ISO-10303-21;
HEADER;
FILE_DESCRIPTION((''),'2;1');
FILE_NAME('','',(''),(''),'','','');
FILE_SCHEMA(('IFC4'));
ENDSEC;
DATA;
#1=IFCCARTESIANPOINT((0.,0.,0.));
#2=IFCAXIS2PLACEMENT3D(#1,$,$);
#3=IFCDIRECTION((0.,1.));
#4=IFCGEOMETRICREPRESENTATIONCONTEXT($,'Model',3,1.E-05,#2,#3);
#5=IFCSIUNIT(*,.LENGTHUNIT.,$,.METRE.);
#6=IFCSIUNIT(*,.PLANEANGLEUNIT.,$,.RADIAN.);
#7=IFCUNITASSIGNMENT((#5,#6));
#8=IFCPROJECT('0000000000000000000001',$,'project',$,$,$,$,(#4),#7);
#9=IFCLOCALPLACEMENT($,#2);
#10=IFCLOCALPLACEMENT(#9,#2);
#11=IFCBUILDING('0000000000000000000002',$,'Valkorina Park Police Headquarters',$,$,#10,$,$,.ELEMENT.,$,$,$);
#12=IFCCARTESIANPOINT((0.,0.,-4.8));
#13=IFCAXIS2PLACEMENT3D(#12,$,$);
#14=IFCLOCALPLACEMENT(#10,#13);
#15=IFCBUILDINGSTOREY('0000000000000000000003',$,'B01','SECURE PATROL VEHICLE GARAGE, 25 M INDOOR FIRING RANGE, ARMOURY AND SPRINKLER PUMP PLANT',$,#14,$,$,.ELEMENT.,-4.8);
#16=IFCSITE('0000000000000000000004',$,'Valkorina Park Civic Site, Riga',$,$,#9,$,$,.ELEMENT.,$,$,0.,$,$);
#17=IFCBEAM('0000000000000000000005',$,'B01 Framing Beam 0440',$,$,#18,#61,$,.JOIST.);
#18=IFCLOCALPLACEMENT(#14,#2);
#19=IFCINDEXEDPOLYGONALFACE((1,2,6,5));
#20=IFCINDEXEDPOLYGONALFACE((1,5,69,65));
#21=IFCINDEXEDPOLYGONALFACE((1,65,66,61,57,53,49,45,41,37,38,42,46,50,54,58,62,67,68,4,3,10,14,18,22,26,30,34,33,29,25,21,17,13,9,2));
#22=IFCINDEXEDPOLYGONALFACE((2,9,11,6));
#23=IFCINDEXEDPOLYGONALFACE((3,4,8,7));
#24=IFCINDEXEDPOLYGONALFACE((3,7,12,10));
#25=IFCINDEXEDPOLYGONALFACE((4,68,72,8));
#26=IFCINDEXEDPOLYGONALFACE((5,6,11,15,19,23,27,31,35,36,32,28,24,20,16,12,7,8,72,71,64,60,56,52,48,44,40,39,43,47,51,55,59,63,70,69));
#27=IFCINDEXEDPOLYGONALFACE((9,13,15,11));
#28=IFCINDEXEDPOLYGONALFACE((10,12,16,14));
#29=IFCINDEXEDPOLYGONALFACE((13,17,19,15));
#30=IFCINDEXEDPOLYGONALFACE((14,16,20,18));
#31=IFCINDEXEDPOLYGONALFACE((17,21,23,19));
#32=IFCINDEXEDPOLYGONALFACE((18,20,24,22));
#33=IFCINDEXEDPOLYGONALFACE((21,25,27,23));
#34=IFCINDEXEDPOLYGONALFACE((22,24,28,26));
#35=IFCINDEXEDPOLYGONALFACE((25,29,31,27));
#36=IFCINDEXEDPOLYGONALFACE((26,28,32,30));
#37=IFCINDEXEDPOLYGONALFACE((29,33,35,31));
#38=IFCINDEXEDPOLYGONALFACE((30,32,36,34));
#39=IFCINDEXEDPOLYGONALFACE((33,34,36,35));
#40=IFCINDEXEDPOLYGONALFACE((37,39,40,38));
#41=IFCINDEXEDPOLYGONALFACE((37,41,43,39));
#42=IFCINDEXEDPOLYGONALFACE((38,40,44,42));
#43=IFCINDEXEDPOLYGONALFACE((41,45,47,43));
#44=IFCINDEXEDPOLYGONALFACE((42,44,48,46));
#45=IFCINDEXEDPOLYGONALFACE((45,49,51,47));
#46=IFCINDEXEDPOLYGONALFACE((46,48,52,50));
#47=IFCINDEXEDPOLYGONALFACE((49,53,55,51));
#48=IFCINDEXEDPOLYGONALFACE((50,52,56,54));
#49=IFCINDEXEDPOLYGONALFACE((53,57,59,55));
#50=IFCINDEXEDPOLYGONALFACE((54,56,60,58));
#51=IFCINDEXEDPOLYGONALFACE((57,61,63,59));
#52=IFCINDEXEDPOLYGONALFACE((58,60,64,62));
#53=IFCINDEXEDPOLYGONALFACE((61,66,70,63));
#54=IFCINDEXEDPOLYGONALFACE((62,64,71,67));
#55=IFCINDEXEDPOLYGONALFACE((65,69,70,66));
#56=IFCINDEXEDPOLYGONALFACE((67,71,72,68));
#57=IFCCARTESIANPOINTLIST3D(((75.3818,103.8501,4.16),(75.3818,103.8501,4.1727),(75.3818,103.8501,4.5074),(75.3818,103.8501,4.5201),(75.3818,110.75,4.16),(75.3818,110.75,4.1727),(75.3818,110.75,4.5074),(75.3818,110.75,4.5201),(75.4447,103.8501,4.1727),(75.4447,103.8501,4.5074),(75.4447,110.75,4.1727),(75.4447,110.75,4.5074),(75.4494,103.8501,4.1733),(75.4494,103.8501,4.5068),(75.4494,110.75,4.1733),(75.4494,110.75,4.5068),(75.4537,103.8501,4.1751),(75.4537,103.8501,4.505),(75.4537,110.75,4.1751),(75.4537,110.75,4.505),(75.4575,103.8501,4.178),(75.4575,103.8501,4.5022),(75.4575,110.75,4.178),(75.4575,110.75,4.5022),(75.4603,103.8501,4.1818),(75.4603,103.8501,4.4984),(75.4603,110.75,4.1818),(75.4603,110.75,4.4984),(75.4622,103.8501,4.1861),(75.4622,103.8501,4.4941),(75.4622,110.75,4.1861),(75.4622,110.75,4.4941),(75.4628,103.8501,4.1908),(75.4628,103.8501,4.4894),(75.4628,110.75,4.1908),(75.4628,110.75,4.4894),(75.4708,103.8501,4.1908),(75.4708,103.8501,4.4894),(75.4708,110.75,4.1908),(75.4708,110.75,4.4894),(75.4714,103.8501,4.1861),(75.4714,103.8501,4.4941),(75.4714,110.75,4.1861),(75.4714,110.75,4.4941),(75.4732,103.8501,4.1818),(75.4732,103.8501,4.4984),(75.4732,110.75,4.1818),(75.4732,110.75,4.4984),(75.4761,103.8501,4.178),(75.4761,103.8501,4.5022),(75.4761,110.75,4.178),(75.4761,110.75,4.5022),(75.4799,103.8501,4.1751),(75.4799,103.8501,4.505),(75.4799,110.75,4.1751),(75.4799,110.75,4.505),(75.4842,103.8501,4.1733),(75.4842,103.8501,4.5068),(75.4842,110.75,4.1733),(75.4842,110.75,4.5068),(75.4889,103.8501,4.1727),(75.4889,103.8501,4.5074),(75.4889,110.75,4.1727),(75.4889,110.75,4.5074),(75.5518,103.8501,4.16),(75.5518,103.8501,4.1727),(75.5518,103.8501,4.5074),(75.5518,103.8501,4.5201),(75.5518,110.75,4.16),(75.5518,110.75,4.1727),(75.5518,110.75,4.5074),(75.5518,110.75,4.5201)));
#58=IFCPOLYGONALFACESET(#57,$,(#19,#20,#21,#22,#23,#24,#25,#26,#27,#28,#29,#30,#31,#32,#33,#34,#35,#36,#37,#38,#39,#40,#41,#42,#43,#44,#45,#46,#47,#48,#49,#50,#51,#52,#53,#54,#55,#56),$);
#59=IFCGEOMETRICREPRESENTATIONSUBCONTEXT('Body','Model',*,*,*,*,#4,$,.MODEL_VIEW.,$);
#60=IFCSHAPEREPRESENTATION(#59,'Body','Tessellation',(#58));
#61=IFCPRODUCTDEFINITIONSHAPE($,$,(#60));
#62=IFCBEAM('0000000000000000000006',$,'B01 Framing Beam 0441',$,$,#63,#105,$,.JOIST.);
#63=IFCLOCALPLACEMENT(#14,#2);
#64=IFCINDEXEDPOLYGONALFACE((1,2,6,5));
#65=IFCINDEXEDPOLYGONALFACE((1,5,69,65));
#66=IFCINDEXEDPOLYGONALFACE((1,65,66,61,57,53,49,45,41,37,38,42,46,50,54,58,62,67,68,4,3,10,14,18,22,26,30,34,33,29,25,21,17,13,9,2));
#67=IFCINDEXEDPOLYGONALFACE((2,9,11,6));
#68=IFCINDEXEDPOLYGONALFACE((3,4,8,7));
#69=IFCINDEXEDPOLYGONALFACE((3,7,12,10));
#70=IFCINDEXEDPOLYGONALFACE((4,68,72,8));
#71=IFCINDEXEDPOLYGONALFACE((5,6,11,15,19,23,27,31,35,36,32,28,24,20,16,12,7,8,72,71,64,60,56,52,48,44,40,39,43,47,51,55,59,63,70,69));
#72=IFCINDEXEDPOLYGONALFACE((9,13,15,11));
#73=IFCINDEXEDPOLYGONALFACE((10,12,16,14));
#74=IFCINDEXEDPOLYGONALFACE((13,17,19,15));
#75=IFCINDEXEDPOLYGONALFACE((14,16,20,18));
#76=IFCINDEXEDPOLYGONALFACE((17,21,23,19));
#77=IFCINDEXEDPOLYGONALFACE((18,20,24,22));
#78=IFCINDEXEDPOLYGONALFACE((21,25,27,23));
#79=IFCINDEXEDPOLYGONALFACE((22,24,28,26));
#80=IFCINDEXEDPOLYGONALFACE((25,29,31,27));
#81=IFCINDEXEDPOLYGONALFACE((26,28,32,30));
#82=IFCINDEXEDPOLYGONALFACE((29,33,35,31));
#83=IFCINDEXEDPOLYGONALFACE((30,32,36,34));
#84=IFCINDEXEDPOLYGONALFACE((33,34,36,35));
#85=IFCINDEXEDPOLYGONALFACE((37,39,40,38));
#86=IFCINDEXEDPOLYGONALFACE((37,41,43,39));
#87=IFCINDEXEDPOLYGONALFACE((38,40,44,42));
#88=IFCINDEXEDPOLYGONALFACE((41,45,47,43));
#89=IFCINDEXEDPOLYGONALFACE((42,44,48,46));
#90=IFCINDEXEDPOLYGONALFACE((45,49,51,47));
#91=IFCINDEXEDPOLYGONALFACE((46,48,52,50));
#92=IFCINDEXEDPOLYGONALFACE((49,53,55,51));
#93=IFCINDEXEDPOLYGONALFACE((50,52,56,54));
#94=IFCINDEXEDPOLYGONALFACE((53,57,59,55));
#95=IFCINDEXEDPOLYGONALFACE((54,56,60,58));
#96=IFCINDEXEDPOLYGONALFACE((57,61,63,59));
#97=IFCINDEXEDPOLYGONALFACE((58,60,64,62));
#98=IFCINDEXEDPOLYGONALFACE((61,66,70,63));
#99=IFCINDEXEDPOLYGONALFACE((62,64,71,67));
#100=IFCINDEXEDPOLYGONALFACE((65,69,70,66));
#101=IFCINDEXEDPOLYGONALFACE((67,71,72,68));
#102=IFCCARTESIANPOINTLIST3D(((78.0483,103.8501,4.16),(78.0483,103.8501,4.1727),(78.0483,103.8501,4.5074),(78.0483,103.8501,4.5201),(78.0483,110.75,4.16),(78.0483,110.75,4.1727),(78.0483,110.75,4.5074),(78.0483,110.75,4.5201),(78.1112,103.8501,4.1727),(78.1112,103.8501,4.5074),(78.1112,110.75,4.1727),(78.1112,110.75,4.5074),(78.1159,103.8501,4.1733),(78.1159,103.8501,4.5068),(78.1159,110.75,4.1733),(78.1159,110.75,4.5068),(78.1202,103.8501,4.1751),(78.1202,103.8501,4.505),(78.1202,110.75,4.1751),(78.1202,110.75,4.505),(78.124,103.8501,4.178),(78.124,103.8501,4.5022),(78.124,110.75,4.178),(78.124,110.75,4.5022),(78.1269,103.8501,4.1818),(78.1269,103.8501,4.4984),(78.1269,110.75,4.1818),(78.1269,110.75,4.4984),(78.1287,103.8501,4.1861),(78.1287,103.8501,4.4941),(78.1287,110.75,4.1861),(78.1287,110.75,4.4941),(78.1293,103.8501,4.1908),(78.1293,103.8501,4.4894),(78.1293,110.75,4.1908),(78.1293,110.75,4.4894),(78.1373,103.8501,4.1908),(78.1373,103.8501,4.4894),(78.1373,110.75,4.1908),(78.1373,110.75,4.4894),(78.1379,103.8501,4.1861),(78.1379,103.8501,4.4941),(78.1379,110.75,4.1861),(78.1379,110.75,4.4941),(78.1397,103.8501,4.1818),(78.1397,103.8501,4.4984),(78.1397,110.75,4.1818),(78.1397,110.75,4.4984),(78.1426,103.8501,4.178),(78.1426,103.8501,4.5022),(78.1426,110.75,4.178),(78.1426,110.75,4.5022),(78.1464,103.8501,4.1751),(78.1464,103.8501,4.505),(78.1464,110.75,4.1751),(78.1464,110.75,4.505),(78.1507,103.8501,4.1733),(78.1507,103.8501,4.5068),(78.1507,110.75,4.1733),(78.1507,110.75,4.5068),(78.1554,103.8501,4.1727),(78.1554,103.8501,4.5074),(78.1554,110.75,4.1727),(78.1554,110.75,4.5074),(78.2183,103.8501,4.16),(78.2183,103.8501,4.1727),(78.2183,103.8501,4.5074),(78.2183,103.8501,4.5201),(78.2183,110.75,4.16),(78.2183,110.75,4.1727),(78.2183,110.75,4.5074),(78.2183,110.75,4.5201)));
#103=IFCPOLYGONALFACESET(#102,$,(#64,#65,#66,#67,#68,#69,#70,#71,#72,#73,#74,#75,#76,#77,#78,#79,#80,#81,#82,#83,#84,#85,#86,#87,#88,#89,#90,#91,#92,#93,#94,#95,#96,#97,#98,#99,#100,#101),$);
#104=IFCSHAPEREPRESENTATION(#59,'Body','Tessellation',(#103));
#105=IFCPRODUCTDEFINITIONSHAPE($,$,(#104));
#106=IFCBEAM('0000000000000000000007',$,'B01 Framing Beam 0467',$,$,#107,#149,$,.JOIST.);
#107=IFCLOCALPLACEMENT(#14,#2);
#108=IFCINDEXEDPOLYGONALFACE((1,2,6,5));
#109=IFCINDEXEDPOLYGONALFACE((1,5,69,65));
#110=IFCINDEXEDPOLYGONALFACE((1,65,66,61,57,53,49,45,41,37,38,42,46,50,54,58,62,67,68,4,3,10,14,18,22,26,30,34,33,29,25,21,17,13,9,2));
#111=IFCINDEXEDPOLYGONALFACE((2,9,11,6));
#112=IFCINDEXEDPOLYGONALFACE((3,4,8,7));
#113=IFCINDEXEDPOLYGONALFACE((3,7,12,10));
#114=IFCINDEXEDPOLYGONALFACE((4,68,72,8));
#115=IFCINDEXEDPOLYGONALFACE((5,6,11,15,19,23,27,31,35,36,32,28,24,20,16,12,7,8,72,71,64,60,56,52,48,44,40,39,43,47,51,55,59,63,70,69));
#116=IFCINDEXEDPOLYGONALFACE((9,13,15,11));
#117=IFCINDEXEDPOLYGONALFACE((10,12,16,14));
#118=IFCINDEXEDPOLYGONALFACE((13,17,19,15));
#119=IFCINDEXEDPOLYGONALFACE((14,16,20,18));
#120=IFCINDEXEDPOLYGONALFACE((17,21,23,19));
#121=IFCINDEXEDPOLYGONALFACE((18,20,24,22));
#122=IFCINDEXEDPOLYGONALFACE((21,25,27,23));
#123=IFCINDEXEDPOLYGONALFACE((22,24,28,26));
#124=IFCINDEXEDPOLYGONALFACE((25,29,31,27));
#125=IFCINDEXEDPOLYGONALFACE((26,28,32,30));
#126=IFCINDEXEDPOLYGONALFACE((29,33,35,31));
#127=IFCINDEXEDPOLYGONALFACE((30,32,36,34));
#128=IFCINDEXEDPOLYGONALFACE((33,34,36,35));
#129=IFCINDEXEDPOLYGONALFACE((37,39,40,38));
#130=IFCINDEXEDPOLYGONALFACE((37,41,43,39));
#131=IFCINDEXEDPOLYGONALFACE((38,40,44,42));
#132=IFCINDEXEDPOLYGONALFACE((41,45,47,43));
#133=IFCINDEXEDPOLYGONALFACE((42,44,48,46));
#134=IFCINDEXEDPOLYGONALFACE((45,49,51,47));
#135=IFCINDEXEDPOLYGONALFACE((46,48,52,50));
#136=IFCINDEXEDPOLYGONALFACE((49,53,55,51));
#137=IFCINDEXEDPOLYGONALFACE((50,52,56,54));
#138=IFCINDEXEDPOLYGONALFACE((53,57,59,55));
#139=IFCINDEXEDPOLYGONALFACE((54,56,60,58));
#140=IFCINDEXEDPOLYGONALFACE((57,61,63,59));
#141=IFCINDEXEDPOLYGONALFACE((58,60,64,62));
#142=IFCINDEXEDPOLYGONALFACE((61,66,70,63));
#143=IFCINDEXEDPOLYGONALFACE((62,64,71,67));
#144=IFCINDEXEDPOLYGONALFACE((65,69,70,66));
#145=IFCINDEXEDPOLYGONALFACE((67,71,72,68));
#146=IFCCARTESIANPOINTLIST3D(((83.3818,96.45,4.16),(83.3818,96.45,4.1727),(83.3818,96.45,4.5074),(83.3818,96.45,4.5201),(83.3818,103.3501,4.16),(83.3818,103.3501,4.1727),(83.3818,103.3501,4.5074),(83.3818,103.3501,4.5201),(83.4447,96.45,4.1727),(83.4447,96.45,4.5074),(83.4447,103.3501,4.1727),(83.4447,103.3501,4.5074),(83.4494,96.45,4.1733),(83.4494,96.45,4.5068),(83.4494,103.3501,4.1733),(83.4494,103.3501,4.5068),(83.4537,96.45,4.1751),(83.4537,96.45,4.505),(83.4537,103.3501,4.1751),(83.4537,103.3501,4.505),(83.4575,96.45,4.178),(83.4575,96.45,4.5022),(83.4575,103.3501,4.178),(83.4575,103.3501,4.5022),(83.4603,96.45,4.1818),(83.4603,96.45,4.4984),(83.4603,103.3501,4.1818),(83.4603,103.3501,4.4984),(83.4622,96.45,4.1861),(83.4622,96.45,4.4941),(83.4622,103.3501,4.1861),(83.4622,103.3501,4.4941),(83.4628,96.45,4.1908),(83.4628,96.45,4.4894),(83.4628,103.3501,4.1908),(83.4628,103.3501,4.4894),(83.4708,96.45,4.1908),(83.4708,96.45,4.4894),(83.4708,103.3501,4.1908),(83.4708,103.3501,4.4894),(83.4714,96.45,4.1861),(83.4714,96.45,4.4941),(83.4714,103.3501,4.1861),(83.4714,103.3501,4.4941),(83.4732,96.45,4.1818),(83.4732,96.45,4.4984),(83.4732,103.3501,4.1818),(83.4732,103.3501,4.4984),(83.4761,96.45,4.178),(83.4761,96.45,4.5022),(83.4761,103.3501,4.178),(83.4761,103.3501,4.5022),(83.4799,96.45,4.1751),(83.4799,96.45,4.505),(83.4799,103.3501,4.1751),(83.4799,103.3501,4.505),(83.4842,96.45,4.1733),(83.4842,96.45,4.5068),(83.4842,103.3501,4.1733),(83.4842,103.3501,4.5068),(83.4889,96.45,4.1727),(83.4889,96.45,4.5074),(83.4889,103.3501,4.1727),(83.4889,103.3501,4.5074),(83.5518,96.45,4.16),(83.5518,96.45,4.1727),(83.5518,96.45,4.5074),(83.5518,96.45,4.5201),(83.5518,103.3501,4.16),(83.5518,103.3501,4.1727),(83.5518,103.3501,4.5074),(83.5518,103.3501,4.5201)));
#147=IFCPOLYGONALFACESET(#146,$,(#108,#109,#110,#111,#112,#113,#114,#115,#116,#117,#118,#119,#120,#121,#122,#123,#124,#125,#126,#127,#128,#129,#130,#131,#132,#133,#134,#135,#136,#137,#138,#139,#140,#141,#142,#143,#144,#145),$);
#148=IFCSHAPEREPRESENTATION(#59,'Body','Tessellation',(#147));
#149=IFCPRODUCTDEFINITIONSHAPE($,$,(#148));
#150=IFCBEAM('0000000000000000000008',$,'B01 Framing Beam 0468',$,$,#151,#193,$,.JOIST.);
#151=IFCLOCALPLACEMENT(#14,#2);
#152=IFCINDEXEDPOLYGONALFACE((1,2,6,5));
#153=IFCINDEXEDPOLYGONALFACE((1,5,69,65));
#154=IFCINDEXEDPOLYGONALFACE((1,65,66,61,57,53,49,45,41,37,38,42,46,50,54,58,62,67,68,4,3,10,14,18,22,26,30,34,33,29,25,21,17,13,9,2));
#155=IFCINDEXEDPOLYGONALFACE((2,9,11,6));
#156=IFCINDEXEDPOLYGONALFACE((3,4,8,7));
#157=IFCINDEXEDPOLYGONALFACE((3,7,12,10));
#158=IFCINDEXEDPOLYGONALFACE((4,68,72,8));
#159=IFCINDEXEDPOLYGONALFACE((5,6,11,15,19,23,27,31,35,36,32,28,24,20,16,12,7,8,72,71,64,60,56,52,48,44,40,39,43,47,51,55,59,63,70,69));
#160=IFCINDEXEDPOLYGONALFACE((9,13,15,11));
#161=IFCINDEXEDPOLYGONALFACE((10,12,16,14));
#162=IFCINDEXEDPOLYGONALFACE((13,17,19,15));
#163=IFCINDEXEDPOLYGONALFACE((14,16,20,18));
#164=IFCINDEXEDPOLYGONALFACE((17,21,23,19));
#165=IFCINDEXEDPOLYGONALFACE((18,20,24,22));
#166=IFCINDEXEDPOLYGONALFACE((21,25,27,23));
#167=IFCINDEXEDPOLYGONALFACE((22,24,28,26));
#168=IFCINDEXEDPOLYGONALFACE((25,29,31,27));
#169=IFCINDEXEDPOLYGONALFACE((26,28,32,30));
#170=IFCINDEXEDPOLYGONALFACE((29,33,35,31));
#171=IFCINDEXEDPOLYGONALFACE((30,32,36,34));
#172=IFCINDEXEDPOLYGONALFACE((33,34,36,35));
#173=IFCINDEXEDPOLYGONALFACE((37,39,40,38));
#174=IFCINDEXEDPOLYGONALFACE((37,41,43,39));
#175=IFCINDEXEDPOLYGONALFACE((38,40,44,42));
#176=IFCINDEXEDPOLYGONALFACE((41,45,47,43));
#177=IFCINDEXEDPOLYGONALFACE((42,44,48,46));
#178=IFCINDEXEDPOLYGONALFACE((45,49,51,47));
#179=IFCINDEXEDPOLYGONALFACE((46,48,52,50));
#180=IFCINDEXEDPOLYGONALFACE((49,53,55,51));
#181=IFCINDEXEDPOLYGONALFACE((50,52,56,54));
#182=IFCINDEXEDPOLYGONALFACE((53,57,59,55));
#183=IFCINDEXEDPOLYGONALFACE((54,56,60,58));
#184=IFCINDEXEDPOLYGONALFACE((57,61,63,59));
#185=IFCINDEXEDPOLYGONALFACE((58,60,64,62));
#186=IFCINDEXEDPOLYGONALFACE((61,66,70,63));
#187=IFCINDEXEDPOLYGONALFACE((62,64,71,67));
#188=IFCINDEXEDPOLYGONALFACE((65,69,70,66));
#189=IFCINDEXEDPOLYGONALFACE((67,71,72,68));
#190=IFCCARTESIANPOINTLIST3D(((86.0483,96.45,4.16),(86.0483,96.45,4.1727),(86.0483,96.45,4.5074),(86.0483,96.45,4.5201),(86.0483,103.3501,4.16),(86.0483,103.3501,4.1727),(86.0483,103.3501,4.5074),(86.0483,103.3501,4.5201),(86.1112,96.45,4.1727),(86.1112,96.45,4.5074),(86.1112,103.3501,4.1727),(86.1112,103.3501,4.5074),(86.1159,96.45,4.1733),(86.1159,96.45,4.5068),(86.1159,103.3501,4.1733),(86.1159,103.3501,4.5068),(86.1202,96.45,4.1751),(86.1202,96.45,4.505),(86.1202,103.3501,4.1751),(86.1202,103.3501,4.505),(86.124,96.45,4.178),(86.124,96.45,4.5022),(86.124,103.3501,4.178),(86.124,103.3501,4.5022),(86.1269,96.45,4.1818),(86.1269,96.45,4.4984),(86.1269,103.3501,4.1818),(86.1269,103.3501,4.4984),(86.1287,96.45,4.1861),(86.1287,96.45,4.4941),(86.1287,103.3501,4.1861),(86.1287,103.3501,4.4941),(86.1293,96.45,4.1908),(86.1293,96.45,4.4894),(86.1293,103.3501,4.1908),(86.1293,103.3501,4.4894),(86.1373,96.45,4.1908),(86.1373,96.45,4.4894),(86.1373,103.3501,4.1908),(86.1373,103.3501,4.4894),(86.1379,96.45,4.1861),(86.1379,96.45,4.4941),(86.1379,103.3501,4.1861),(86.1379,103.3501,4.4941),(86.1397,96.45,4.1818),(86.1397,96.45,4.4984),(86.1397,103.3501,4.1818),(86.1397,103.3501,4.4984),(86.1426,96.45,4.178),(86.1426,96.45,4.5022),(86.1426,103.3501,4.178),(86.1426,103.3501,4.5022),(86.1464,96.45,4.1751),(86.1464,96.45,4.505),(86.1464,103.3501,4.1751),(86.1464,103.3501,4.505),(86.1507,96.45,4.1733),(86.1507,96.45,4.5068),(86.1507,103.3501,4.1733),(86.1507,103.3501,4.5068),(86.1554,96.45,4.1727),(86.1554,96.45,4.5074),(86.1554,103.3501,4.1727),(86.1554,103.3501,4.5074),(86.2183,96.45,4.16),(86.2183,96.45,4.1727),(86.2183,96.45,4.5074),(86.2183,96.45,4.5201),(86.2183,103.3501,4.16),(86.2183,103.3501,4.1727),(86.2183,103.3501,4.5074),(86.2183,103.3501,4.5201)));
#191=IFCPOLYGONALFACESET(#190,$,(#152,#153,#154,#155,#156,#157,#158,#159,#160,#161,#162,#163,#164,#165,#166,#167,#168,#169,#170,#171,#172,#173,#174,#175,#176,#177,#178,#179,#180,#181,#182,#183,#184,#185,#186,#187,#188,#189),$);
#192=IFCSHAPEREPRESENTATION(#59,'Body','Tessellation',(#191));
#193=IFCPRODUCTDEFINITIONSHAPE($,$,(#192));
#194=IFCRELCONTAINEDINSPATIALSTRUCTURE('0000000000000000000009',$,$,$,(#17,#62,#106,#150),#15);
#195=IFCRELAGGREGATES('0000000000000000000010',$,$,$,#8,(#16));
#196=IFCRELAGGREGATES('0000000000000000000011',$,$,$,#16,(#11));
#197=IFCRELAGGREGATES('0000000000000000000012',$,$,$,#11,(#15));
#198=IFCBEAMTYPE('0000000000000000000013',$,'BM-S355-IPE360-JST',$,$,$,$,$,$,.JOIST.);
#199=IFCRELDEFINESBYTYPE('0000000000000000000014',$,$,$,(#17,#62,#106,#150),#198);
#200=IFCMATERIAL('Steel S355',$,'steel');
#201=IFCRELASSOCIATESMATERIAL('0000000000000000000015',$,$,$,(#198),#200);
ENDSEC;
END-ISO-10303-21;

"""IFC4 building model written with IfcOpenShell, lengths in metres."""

from ifc_helpers import new_model, si_unit, direction, frame, origin, origin_2d, place, context, subcontext, project, spatial, i_section, extrude, material, material_profile, profile_set, type_object, element, save


model = new_model("IFC4")

# Units and contexts
model_context = context("Model", 3, precision=1e-05, world=origin(), true_north=direction((0.0, 1.0)))
body_context = subcontext(model_context, "Body", "Model", "MODEL_VIEW")
ifc_project = project(units=[si_unit("LENGTHUNIT", "METRE"), si_unit("PLANEANGLEUNIT", "RADIAN")], contexts=[model_context])

# Site, building, storey
site_placement = place(None, origin())
site = spatial("IfcSite", under=ifc_project, at=site_placement, Name="Valkorina Park Civic Site, Riga", CompositionType="ELEMENT", RefElevation=0.0)
building_placement = place(site_placement, origin())
building = spatial("IfcBuilding", under=site, at=building_placement, Name="Valkorina Park Police Headquarters", CompositionType="ELEMENT")
storey_placement = place(building_placement, frame((0.0, 0.0, -4.8)))
storey = spatial("IfcBuildingStorey", under=building, at=storey_placement, Name="B01", Description="SECURE PATROL VEHICLE GARAGE, 25 M INDOOR FIRING RANGE, ARMOURY AND SPRINKLER PUMP PLANT", CompositionType="ELEMENT", Elevation=-4.8)

# Beams
ifc_material_1 = material(Name="Steel S355", Category="steel")
ifc_material_profile_1 = material_profile(ifc_material_1, i_section(OverallWidth=0.1699, OverallDepth=0.3601, WebThickness=0.0081, FlangeThickness=0.0127, FilletRadius=0.0181, at=origin_2d()), Name="IPE 360")
ifc_profile_set_1 = profile_set([ifc_material_profile_1], Name="Steel S355")
beam_type_1 = type_object("IfcBeamType", Name="BM-S355-IPE360-JST", PredefinedType="JOIST", material=ifc_profile_set_1)
for number, where, z_axis, x_axis, name in (
    (1, (75.4668, 103.8501, 4.3401), (0.0, 1.0, 0.0), (-1.0, 0.0, 0.0), "B01 Framing Beam 0440"),
    (2, (78.1333, 103.8501, 4.3401), (0.0, 1.0, 0.0), (-1.0, 0.0, 0.0), "B01 Framing Beam 0441"),
):
    element("IfcBeam", number, at=place(storey_placement, frame(where, z_axis=z_axis, x_axis=x_axis)), inside=storey, type_object=beam_type_1, Name=name, PredefinedType="JOIST", context=body_context, shape_type="SweptSolid", body=[
        extrude(i_section(OverallWidth=0.1699, OverallDepth=0.3601, WebThickness=0.0081, FlangeThickness=0.0127, FilletRadius=0.0181, at=origin_2d()), origin(), (0.0, 0.0, 1.0), 6.8999),
    ])
for number, where, z_axis, x_axis, name in (
    (3, (83.4668, 96.45, 4.3401), (0.0, 1.0, 0.0), (-1.0, 0.0, 0.0), "B01 Framing Beam 0467"),
    (4, (86.1333, 96.45, 4.3401), (0.0, 1.0, 0.0), (-1.0, 0.0, 0.0), "B01 Framing Beam 0468"),
):
    element("IfcBeam", number, at=place(storey_placement, frame(where, z_axis=z_axis, x_axis=x_axis)), inside=storey, type_object=beam_type_1, Name=name, PredefinedType="JOIST", context=body_context, shape_type="SweptSolid", body=[
        extrude(i_section(OverallWidth=0.1699, OverallDepth=0.3601, WebThickness=0.0081, FlangeThickness=0.0127, FilletRadius=0.0181, at=origin_2d()), origin(), (0.0, 0.0, 1.0), 6.9001),
    ])

save(model, "model.ifc")
